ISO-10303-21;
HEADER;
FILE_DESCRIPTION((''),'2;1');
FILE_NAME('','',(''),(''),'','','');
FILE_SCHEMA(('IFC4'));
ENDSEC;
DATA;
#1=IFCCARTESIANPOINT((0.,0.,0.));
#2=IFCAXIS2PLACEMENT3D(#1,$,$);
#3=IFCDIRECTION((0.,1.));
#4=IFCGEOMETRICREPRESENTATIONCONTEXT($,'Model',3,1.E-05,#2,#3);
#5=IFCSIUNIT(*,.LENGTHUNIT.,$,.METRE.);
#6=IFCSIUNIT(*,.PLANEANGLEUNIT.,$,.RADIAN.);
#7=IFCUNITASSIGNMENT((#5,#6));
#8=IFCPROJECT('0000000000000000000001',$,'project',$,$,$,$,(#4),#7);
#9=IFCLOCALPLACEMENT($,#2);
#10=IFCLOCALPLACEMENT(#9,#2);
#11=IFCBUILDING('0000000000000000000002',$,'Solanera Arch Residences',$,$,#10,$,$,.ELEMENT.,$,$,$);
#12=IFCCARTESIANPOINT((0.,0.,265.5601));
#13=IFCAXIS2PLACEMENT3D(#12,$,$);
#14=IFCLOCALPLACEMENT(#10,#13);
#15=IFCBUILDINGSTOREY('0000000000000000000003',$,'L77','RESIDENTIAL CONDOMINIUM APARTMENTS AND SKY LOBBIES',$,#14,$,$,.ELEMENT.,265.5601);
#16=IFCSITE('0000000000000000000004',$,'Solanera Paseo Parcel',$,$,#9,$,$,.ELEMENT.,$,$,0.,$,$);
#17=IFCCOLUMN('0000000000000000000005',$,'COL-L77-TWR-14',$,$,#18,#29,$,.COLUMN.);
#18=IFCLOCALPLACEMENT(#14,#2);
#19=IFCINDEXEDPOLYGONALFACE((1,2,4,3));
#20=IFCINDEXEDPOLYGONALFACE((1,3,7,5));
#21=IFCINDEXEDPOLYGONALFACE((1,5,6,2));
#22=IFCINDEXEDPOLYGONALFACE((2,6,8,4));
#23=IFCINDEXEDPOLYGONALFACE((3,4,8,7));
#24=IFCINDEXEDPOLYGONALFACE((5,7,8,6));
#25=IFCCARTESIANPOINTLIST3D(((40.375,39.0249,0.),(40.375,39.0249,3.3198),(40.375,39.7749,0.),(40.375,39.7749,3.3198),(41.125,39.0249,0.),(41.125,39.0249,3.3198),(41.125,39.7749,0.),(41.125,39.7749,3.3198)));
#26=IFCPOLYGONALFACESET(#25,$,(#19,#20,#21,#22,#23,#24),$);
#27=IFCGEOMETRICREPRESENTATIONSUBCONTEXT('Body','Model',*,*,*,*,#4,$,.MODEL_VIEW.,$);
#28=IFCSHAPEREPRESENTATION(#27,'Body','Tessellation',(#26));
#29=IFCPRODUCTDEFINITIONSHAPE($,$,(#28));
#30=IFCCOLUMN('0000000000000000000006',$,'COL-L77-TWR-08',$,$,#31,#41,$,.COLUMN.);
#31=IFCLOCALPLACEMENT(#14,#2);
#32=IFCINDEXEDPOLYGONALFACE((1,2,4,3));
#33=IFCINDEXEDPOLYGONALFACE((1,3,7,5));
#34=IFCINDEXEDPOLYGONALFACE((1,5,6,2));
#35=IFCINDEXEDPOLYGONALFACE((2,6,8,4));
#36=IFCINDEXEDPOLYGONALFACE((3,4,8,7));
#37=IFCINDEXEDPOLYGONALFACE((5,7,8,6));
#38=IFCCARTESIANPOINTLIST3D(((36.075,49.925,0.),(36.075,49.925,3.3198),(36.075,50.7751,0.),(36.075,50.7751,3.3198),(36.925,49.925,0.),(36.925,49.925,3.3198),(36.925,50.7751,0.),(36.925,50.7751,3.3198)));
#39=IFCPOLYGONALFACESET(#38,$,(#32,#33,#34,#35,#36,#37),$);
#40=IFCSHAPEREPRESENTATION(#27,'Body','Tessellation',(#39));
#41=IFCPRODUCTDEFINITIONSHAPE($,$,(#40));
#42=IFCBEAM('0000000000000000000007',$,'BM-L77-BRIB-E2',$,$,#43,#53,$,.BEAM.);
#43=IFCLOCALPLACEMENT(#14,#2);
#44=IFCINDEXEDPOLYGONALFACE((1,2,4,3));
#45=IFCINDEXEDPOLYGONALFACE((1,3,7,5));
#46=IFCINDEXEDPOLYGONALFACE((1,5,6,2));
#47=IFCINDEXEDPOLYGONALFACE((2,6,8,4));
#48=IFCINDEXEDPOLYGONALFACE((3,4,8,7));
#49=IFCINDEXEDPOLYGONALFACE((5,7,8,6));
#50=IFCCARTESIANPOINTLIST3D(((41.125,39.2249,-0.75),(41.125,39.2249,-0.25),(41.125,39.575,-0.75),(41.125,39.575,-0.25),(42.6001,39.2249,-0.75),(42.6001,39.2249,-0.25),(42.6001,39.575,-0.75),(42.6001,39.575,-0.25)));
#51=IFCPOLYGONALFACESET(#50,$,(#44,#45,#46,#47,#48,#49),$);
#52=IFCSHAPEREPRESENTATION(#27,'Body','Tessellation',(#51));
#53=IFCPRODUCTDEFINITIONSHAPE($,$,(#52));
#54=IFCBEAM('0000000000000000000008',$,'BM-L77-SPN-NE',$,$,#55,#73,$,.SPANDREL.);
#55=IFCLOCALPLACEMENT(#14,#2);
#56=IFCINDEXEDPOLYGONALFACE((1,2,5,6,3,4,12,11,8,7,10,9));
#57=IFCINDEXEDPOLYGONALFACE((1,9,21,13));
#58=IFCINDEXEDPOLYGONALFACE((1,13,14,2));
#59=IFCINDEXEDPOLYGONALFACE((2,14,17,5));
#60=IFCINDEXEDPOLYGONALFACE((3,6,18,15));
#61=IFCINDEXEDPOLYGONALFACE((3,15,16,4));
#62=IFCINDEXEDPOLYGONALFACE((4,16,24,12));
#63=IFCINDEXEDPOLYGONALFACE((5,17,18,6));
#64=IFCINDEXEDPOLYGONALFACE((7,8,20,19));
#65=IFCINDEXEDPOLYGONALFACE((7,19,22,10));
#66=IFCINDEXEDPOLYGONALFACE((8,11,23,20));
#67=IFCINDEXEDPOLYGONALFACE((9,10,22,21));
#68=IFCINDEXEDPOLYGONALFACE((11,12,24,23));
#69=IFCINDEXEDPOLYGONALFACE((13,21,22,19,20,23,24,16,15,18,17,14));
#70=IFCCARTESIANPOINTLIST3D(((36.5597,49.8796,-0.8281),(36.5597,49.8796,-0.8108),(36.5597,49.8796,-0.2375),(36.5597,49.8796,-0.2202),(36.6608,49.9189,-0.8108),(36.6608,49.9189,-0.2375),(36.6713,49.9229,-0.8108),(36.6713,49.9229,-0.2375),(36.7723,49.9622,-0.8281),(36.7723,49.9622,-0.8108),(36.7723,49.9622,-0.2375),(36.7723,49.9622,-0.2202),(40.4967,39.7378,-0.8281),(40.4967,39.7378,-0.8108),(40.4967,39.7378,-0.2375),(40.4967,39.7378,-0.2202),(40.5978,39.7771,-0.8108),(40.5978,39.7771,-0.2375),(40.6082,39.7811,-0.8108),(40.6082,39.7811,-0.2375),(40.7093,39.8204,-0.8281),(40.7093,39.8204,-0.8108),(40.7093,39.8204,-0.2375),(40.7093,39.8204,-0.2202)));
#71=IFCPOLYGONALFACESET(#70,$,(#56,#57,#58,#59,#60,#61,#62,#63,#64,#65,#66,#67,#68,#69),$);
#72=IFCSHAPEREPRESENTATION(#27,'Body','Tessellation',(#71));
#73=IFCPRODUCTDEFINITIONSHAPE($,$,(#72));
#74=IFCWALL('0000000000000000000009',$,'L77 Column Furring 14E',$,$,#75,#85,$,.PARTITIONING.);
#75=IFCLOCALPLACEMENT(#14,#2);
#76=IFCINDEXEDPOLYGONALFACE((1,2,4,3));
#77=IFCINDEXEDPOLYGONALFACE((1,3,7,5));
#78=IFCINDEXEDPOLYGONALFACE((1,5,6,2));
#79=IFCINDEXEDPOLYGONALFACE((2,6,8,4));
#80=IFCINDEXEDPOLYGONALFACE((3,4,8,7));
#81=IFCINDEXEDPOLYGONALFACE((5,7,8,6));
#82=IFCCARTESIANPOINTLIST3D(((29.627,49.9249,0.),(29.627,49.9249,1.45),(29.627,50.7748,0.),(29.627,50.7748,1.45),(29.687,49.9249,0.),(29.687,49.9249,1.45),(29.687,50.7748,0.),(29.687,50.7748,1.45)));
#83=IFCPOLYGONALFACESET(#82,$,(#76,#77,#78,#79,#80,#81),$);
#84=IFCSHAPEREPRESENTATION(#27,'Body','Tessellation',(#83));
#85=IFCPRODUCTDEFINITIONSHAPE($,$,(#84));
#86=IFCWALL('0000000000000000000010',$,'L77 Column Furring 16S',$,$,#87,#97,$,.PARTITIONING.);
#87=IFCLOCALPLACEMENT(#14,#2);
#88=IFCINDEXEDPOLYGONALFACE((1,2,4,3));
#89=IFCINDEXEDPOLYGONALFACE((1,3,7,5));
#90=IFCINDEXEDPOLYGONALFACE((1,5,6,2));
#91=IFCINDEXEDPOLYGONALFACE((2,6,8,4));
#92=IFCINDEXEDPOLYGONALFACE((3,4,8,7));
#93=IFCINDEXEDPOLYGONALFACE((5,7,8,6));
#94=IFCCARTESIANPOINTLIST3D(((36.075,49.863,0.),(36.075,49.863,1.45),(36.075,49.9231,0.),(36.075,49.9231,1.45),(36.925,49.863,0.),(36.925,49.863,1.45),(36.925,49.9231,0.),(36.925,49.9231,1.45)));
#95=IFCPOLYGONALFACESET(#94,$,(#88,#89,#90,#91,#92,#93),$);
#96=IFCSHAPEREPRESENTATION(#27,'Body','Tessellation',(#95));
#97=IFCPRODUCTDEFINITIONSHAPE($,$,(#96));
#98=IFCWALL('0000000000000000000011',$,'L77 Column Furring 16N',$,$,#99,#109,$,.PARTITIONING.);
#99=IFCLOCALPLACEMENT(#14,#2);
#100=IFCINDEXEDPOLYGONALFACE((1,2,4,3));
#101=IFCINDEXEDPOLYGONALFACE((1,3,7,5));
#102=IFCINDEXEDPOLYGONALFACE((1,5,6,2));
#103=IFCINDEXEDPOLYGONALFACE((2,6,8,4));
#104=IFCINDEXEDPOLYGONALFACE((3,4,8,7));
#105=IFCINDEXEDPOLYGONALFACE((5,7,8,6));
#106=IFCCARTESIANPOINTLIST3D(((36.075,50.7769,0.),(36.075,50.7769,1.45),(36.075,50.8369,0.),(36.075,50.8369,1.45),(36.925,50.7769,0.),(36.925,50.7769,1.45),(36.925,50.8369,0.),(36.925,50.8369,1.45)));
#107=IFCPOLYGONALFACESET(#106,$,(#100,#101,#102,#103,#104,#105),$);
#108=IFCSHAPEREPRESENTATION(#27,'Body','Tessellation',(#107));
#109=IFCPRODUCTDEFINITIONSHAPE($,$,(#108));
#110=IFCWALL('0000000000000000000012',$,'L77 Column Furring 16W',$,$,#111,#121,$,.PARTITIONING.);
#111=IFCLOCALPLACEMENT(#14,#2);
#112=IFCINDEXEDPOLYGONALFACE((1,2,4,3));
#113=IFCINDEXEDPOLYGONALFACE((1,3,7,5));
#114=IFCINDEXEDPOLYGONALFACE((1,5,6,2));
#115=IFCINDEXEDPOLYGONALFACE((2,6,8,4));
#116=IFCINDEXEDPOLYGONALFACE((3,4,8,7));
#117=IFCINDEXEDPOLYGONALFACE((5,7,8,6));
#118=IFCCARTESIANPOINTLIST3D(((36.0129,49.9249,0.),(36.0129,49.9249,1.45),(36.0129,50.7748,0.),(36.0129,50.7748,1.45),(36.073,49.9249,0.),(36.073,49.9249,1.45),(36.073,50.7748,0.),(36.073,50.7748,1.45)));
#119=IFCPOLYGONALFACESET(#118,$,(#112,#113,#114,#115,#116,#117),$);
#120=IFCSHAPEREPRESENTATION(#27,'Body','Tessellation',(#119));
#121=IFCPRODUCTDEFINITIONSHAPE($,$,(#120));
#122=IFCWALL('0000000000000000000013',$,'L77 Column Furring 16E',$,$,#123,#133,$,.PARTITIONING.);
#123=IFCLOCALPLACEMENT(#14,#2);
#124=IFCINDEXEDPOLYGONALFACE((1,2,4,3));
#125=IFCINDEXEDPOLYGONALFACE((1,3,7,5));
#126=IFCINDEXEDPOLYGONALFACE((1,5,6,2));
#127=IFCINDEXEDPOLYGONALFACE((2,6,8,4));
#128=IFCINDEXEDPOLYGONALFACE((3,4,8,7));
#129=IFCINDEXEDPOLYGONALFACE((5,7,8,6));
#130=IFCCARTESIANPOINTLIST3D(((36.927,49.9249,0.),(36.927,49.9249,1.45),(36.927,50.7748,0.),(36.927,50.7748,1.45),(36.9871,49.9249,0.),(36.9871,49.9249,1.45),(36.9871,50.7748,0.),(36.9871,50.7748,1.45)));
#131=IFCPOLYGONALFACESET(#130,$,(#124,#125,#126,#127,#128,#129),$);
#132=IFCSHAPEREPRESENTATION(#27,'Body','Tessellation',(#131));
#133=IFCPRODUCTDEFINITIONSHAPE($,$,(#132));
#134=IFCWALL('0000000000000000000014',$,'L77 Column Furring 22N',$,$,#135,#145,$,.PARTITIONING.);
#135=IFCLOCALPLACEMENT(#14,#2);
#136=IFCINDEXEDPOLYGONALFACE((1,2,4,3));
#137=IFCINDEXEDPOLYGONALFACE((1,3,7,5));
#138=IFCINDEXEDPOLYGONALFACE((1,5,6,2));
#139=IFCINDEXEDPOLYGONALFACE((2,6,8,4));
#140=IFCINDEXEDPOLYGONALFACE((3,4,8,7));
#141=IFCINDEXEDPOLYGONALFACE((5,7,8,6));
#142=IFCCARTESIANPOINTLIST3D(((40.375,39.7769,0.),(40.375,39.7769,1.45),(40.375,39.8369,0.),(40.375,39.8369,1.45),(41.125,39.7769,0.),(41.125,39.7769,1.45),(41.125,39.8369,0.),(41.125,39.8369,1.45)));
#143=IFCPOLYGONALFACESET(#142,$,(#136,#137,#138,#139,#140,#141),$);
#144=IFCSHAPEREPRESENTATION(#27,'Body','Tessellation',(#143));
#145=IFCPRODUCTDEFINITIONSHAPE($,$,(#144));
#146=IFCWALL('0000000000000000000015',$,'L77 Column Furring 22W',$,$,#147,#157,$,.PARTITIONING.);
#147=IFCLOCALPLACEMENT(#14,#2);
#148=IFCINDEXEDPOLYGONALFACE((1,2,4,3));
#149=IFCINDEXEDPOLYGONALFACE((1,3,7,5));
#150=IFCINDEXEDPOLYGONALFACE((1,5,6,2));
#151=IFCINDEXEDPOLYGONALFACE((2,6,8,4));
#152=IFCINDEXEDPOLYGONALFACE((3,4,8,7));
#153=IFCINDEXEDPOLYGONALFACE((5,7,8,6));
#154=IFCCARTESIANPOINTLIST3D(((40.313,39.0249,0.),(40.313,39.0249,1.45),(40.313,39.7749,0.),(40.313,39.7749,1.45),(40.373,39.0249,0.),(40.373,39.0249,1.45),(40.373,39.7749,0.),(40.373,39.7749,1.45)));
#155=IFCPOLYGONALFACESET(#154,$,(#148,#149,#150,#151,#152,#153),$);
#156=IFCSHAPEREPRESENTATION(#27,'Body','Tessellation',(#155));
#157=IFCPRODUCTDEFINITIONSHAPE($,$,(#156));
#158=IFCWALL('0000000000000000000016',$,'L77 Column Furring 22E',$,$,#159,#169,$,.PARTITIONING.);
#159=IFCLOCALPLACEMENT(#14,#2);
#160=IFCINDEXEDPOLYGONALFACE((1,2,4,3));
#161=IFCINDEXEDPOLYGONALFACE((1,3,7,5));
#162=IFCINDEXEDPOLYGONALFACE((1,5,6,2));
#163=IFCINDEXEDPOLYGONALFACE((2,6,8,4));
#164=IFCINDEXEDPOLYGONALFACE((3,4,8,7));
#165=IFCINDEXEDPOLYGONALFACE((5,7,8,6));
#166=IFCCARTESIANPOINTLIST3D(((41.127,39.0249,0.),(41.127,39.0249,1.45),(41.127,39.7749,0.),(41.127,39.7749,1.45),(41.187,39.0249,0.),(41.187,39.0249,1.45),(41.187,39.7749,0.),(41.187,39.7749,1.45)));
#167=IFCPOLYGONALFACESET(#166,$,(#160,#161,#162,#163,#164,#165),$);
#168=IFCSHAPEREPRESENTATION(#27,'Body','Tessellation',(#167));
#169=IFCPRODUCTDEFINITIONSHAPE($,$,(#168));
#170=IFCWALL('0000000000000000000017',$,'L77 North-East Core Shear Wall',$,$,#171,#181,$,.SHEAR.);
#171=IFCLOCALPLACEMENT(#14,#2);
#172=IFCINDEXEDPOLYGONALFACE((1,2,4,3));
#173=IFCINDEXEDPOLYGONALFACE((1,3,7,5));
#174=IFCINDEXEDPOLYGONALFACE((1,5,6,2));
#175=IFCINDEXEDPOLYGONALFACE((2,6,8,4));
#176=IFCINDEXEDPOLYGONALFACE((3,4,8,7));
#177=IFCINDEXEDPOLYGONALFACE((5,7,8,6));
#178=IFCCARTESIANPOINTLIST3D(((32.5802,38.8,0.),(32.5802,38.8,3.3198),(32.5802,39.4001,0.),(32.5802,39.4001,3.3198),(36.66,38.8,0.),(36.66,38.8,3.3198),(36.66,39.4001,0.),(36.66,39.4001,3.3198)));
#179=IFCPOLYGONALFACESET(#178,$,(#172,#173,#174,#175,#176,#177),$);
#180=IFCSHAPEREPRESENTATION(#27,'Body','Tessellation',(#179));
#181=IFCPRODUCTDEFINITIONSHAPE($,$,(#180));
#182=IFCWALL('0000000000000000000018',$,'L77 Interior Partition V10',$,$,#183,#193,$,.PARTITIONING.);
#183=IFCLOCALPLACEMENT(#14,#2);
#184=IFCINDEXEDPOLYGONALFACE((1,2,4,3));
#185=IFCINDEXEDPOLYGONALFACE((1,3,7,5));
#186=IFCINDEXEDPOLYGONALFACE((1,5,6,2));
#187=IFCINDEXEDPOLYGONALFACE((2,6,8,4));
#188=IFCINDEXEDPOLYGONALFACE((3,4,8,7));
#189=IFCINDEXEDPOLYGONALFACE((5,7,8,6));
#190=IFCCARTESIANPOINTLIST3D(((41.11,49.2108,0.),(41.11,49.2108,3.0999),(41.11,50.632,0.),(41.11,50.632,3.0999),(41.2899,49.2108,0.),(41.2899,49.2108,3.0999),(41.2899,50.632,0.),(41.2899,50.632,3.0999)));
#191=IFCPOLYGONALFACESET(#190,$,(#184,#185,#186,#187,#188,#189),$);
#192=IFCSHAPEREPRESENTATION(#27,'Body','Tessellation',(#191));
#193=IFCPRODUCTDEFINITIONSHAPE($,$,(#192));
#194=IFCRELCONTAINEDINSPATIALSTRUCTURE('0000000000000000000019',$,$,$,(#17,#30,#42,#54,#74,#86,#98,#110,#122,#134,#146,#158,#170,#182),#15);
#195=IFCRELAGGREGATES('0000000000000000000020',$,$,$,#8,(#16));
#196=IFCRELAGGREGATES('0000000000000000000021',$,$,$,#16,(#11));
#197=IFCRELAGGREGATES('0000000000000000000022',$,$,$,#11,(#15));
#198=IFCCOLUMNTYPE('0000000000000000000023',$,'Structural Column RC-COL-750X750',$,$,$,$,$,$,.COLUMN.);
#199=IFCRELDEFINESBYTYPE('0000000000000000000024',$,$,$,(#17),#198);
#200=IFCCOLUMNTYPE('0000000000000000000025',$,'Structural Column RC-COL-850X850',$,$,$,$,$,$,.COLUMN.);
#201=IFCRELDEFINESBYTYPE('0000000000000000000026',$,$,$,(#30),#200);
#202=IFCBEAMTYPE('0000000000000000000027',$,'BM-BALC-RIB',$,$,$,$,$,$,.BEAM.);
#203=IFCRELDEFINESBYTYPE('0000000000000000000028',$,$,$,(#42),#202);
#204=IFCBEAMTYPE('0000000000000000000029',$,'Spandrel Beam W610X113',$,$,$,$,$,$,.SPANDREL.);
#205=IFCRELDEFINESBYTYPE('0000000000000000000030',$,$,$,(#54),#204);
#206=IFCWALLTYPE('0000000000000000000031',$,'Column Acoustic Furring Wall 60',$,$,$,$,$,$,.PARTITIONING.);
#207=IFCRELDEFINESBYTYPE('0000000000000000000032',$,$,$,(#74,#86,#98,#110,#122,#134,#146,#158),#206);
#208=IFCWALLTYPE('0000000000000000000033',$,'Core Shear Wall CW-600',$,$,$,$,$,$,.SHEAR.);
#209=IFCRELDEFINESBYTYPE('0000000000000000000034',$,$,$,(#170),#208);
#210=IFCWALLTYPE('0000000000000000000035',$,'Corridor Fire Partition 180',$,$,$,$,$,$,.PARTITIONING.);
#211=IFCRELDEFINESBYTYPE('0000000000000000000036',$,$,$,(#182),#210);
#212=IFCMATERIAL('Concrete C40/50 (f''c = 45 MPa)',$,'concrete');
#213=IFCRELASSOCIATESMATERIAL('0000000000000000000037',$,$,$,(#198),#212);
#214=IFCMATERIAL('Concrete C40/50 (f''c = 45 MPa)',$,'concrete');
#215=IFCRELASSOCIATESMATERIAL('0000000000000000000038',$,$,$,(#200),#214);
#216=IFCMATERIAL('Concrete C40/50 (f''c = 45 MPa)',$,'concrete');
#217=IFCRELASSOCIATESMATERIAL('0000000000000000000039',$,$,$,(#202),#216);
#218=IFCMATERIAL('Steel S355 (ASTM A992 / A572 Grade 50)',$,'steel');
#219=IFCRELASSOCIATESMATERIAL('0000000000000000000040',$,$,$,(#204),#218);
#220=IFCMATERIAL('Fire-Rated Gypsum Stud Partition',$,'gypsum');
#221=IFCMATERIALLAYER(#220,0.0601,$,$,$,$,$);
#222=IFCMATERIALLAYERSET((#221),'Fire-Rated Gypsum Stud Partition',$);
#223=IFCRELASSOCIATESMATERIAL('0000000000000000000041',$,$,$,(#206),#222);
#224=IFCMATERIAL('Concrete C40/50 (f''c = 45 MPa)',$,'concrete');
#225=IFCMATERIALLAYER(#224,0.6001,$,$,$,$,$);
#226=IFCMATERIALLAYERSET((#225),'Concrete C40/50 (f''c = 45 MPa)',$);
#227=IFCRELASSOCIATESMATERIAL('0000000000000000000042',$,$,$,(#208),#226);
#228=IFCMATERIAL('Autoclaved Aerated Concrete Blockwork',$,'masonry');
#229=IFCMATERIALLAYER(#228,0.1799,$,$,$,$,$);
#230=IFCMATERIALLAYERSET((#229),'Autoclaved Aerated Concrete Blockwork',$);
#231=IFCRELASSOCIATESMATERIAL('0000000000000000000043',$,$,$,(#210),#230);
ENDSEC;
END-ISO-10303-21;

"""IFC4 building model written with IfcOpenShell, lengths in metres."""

from ifc_helpers import new_model, si_unit, direction, frame, frame_2d, origin, origin_2d, place, context, subcontext, project, spatial, rectangle, i_section, extrude, material, layer, layer_set, material_profile, profile_set, type_object, element, save


model = new_model("IFC4")

# Units and contexts
model_context = context("Model", 3, precision=1e-05, world=origin(), true_north=direction((0.0, 1.0)))
body_context = subcontext(model_context, "Body", "Model", "MODEL_VIEW")
ifc_project = project(units=[si_unit("LENGTHUNIT", "METRE"), si_unit("PLANEANGLEUNIT", "RADIAN")], contexts=[model_context])

# Site, building, storey
site_placement = place(None, origin())
site = spatial("IfcSite", under=ifc_project, at=site_placement, Name="Solanera Paseo Parcel", CompositionType="ELEMENT", RefElevation=0.0)
building_placement = place(site_placement, origin())
building = spatial("IfcBuilding", under=site, at=building_placement, Name="Solanera Arch Residences", CompositionType="ELEMENT")
storey_placement = place(building_placement, frame((0.0, 0.0, 265.5601)))
storey = spatial("IfcBuildingStorey", under=building, at=storey_placement, Name="L77", Description="RESIDENTIAL CONDOMINIUM APARTMENTS AND SKY LOBBIES", CompositionType="ELEMENT", Elevation=265.5601)

# Columns
ifc_material_1 = material(Name="Concrete C40/50 (f'c = 45 MPa)", Category="concrete")
ifc_material_profile_1 = material_profile(ifc_material_1, rectangle(XDim=0.75, YDim=0.75, at=origin_2d()))
ifc_profile_set_1 = profile_set([ifc_material_profile_1], Name="Concrete C40/50 (f'c = 45 MPa)")
column_type_1 = type_object("IfcColumnType", Name="Structural Column RC-COL-750X750", PredefinedType="COLUMN", material=ifc_profile_set_1)
column_1_placement = place(storey_placement, frame((40.75, 39.3999, 0.0), z_axis=(0.0, 0.0, 1.0), x_axis=(1.0, 0.0, 0.0)))
element("IfcColumn", 1, at=column_1_placement, inside=storey, type_object=column_type_1, Name="COL-L77-TWR-14", PredefinedType="COLUMN", context=body_context, shape_type="SweptSolid", body=[
    extrude(rectangle(XDim=0.75, YDim=0.75, at=origin_2d()), origin(), (0.0, 0.0, 1.0), 3.3198),
])
ifc_material_2 = material(Name="Concrete C40/50 (f'c = 45 MPa)", Category="concrete")
ifc_material_profile_2 = material_profile(ifc_material_2, rectangle(XDim=0.8501, YDim=0.8501, at=origin_2d()))
ifc_profile_set_2 = profile_set([ifc_material_profile_2], Name="Concrete C40/50 (f'c = 45 MPa)")
column_type_2 = type_object("IfcColumnType", Name="Structural Column RC-COL-850X850", PredefinedType="COLUMN", material=ifc_profile_set_2)
column_2_placement = place(storey_placement, frame((36.5, 50.3501, 0.0), z_axis=(0.0, 0.0, 1.0), x_axis=(1.0, 0.0, 0.0)))
element("IfcColumn", 2, at=column_2_placement, inside=storey, type_object=column_type_2, Name="COL-L77-TWR-08", PredefinedType="COLUMN", context=body_context, shape_type="SweptSolid", body=[
    extrude(rectangle(XDim=0.8501, YDim=0.8501, at=origin_2d()), origin(), (0.0, 0.0, 1.0), 3.3198),
])

# Beams
ifc_material_3 = material(Name="Concrete C40/50 (f'c = 45 MPa)", Category="concrete")
ifc_material_profile_3 = material_profile(ifc_material_3, rectangle(XDim=0.3501, YDim=0.5, at=origin_2d()))
ifc_profile_set_3 = profile_set([ifc_material_profile_3], Name="Concrete C40/50 (f'c = 45 MPa)")
beam_type_1 = type_object("IfcBeamType", Name="BM-BALC-RIB", PredefinedType="BEAM", material=ifc_profile_set_3)
beam_1_placement = place(storey_placement, frame((41.125, 39.3999, -0.5), z_axis=(1.0, 0.0, 0.0), x_axis=(0.0, 1.0, 0.0)))
element("IfcBeam", 3, at=beam_1_placement, inside=storey, type_object=beam_type_1, Name="BM-L77-BRIB-E2", PredefinedType="BEAM", context=body_context, shape_type="SweptSolid", body=[
    extrude(rectangle(XDim=0.3501, YDim=0.5, at=origin_2d()), origin(), (0.0, 0.0, 1.0), 1.4751),
])
ifc_material_4 = material(Name="Steel S355 (ASTM A992 / A572 Grade 50)", Category="steel")
ifc_material_profile_4 = material_profile(ifc_material_4, i_section(OverallWidth=0.228, OverallDepth=0.6079, WebThickness=0.0112, FlangeThickness=0.0173, at=origin_2d()))
ifc_profile_set_4 = profile_set([ifc_material_profile_4], Name="Steel S355 (ASTM A992 / A572 Grade 50)")
beam_type_2 = type_object("IfcBeamType", Name="Spandrel Beam W610X113", PredefinedType="SPANDREL", material=ifc_profile_set_4)
beam_2_placement = place(storey_placement, frame((36.666, 49.9209, -0.5242), z_axis=(0.361884, -0.932223, 0.0), x_axis=(0.932223, 0.361884, 0.0)))
element("IfcBeam", 4, at=beam_2_placement, inside=storey, type_object=beam_type_2, Name="BM-L77-SPN-NE", PredefinedType="SPANDREL", context=body_context, shape_type="SweptSolid", body=[
    extrude(i_section(OverallWidth=0.228, OverallDepth=0.6079, WebThickness=0.0112, FlangeThickness=0.0173, at=origin_2d()), origin(), (0.0, 0.0, 1.0), 10.8792),
])

# Walls
ifc_material_5 = material(Name="Fire-Rated Gypsum Stud Partition", Category="gypsum")
ifc_layer_1 = layer(ifc_material_5, 0.0601)
ifc_layer_set_1 = layer_set([ifc_layer_1], Name="Fire-Rated Gypsum Stud Partition")
wall_type_1 = type_object("IfcWallType", Name="Column Acoustic Furring Wall 60", PredefinedType="PARTITIONING", material=ifc_layer_set_1)
wall_1_placement = place(storey_placement, frame((29.657, 49.925, 0.0), z_axis=(0.0, 0.0, 1.0), x_axis=(0.0, 1.0, 0.0)))
element("IfcWall", 5, at=wall_1_placement, inside=storey, type_object=wall_type_1, Name="L77 Column Furring 14E", PredefinedType="PARTITIONING", context=body_context, shape_type="SweptSolid", body=[
    extrude(rectangle(XDim=0.8499, YDim=0.0601, at=frame_2d((0.4248, 0.0))), origin(), (0.0, 0.0, 1.0), 1.45),
])
for number, where, z_axis, x_axis, name in (
    (6, (36.075, 49.8931, 0.0), (0.0, 0.0, 1.0), (1.0, 0.0, 0.0), "L77 Column Furring 16S"),
    (7, (36.075, 50.8069, 0.0), (0.0, 0.0, 1.0), (1.0, 0.0, 0.0), "L77 Column Furring 16N"),
):
    element("IfcWall", number, at=place(storey_placement, frame(where, z_axis=z_axis, x_axis=x_axis)), inside=storey, type_object=wall_type_1, Name=name, PredefinedType="PARTITIONING", context=body_context, shape_type="SweptSolid", body=[
        extrude(rectangle(XDim=0.8501, YDim=0.0601, at=frame_2d((0.425, 0.0))), origin(), (0.0, 0.0, 1.0), 1.45),
    ])
for number, where, z_axis, x_axis, name in (
    (8, (36.043, 49.925, 0.0), (0.0, 0.0, 1.0), (0.0, 1.0, 0.0), "L77 Column Furring 16W"),
    (9, (36.957, 49.925, 0.0), (0.0, 0.0, 1.0), (0.0, 1.0, 0.0), "L77 Column Furring 16E"),
):
    element("IfcWall", number, at=place(storey_placement, frame(where, z_axis=z_axis, x_axis=x_axis)), inside=storey, type_object=wall_type_1, Name=name, PredefinedType="PARTITIONING", context=body_context, shape_type="SweptSolid", body=[
        extrude(rectangle(XDim=0.8499, YDim=0.0601, at=frame_2d((0.4248, 0.0))), origin(), (0.0, 0.0, 1.0), 1.45),
    ])
for number, where, z_axis, x_axis, name in (
    (10, (40.375, 39.8069, 0.0), (0.0, 0.0, 1.0), (1.0, 0.0, 0.0), "L77 Column Furring 22N"),
    (11, (40.343, 39.0249, 0.0), (0.0, 0.0, 1.0), (0.0, 1.0, 0.0), "L77 Column Furring 22W"),
    (12, (41.157, 39.0249, 0.0), (0.0, 0.0, 1.0), (0.0, 1.0, 0.0), "L77 Column Furring 22E"),
):
    element("IfcWall", number, at=place(storey_placement, frame(where, z_axis=z_axis, x_axis=x_axis)), inside=storey, type_object=wall_type_1, Name=name, PredefinedType="PARTITIONING", context=body_context, shape_type="SweptSolid", body=[
        extrude(rectangle(XDim=0.75, YDim=0.0601, at=frame_2d((0.375, 0.0))), origin(), (0.0, 0.0, 1.0), 1.45),
    ])
ifc_material_6 = material(Name="Concrete C40/50 (f'c = 45 MPa)", Category="concrete")
ifc_layer_2 = layer(ifc_material_6, 0.6001)
ifc_layer_set_2 = layer_set([ifc_layer_2], Name="Concrete C40/50 (f'c = 45 MPa)")
wall_type_2 = type_object("IfcWallType", Name="Core Shear Wall CW-600", PredefinedType="SHEAR", material=ifc_layer_set_2)
wall_2_placement = place(storey_placement, frame((32.5801, 39.1001, 0.0), z_axis=(0.0, 0.0, 1.0), x_axis=(1.0, 0.0, 0.0)))
element("IfcWall", 13, at=wall_2_placement, inside=storey, type_object=wall_type_2, Name="L77 North-East Core Shear Wall", PredefinedType="SHEAR", context=body_context, shape_type="SweptSolid", body=[
    extrude(rectangle(XDim=4.0798, YDim=0.6001, at=frame_2d((2.04, 0.0))), origin(), (0.0, 0.0, 1.0), 3.3198),
])
ifc_material_7 = material(Name="Autoclaved Aerated Concrete Blockwork", Category="masonry")
ifc_layer_3 = layer(ifc_material_7, 0.1799)
ifc_layer_set_3 = layer_set([ifc_layer_3], Name="Autoclaved Aerated Concrete Blockwork")
wall_type_3 = type_object("IfcWallType", Name="Corridor Fire Partition 180", PredefinedType="PARTITIONING", material=ifc_layer_set_3)
wall_3_placement = place(storey_placement, frame((41.2, 49.2109, 0.0), z_axis=(0.0, 0.0, 1.0), x_axis=(0.0, 1.0, 0.0)))
element("IfcWall", 14, at=wall_3_placement, inside=storey, type_object=wall_type_3, Name="L77 Interior Partition V10", PredefinedType="PARTITIONING", context=body_context, shape_type="SweptSolid", body=[
    extrude(rectangle(XDim=1.4211, YDim=0.1799, at=frame_2d((0.7104, 0.0))), origin(), (0.0, 0.0, 1.0), 3.0999),
])

save(model, "model.ifc")
